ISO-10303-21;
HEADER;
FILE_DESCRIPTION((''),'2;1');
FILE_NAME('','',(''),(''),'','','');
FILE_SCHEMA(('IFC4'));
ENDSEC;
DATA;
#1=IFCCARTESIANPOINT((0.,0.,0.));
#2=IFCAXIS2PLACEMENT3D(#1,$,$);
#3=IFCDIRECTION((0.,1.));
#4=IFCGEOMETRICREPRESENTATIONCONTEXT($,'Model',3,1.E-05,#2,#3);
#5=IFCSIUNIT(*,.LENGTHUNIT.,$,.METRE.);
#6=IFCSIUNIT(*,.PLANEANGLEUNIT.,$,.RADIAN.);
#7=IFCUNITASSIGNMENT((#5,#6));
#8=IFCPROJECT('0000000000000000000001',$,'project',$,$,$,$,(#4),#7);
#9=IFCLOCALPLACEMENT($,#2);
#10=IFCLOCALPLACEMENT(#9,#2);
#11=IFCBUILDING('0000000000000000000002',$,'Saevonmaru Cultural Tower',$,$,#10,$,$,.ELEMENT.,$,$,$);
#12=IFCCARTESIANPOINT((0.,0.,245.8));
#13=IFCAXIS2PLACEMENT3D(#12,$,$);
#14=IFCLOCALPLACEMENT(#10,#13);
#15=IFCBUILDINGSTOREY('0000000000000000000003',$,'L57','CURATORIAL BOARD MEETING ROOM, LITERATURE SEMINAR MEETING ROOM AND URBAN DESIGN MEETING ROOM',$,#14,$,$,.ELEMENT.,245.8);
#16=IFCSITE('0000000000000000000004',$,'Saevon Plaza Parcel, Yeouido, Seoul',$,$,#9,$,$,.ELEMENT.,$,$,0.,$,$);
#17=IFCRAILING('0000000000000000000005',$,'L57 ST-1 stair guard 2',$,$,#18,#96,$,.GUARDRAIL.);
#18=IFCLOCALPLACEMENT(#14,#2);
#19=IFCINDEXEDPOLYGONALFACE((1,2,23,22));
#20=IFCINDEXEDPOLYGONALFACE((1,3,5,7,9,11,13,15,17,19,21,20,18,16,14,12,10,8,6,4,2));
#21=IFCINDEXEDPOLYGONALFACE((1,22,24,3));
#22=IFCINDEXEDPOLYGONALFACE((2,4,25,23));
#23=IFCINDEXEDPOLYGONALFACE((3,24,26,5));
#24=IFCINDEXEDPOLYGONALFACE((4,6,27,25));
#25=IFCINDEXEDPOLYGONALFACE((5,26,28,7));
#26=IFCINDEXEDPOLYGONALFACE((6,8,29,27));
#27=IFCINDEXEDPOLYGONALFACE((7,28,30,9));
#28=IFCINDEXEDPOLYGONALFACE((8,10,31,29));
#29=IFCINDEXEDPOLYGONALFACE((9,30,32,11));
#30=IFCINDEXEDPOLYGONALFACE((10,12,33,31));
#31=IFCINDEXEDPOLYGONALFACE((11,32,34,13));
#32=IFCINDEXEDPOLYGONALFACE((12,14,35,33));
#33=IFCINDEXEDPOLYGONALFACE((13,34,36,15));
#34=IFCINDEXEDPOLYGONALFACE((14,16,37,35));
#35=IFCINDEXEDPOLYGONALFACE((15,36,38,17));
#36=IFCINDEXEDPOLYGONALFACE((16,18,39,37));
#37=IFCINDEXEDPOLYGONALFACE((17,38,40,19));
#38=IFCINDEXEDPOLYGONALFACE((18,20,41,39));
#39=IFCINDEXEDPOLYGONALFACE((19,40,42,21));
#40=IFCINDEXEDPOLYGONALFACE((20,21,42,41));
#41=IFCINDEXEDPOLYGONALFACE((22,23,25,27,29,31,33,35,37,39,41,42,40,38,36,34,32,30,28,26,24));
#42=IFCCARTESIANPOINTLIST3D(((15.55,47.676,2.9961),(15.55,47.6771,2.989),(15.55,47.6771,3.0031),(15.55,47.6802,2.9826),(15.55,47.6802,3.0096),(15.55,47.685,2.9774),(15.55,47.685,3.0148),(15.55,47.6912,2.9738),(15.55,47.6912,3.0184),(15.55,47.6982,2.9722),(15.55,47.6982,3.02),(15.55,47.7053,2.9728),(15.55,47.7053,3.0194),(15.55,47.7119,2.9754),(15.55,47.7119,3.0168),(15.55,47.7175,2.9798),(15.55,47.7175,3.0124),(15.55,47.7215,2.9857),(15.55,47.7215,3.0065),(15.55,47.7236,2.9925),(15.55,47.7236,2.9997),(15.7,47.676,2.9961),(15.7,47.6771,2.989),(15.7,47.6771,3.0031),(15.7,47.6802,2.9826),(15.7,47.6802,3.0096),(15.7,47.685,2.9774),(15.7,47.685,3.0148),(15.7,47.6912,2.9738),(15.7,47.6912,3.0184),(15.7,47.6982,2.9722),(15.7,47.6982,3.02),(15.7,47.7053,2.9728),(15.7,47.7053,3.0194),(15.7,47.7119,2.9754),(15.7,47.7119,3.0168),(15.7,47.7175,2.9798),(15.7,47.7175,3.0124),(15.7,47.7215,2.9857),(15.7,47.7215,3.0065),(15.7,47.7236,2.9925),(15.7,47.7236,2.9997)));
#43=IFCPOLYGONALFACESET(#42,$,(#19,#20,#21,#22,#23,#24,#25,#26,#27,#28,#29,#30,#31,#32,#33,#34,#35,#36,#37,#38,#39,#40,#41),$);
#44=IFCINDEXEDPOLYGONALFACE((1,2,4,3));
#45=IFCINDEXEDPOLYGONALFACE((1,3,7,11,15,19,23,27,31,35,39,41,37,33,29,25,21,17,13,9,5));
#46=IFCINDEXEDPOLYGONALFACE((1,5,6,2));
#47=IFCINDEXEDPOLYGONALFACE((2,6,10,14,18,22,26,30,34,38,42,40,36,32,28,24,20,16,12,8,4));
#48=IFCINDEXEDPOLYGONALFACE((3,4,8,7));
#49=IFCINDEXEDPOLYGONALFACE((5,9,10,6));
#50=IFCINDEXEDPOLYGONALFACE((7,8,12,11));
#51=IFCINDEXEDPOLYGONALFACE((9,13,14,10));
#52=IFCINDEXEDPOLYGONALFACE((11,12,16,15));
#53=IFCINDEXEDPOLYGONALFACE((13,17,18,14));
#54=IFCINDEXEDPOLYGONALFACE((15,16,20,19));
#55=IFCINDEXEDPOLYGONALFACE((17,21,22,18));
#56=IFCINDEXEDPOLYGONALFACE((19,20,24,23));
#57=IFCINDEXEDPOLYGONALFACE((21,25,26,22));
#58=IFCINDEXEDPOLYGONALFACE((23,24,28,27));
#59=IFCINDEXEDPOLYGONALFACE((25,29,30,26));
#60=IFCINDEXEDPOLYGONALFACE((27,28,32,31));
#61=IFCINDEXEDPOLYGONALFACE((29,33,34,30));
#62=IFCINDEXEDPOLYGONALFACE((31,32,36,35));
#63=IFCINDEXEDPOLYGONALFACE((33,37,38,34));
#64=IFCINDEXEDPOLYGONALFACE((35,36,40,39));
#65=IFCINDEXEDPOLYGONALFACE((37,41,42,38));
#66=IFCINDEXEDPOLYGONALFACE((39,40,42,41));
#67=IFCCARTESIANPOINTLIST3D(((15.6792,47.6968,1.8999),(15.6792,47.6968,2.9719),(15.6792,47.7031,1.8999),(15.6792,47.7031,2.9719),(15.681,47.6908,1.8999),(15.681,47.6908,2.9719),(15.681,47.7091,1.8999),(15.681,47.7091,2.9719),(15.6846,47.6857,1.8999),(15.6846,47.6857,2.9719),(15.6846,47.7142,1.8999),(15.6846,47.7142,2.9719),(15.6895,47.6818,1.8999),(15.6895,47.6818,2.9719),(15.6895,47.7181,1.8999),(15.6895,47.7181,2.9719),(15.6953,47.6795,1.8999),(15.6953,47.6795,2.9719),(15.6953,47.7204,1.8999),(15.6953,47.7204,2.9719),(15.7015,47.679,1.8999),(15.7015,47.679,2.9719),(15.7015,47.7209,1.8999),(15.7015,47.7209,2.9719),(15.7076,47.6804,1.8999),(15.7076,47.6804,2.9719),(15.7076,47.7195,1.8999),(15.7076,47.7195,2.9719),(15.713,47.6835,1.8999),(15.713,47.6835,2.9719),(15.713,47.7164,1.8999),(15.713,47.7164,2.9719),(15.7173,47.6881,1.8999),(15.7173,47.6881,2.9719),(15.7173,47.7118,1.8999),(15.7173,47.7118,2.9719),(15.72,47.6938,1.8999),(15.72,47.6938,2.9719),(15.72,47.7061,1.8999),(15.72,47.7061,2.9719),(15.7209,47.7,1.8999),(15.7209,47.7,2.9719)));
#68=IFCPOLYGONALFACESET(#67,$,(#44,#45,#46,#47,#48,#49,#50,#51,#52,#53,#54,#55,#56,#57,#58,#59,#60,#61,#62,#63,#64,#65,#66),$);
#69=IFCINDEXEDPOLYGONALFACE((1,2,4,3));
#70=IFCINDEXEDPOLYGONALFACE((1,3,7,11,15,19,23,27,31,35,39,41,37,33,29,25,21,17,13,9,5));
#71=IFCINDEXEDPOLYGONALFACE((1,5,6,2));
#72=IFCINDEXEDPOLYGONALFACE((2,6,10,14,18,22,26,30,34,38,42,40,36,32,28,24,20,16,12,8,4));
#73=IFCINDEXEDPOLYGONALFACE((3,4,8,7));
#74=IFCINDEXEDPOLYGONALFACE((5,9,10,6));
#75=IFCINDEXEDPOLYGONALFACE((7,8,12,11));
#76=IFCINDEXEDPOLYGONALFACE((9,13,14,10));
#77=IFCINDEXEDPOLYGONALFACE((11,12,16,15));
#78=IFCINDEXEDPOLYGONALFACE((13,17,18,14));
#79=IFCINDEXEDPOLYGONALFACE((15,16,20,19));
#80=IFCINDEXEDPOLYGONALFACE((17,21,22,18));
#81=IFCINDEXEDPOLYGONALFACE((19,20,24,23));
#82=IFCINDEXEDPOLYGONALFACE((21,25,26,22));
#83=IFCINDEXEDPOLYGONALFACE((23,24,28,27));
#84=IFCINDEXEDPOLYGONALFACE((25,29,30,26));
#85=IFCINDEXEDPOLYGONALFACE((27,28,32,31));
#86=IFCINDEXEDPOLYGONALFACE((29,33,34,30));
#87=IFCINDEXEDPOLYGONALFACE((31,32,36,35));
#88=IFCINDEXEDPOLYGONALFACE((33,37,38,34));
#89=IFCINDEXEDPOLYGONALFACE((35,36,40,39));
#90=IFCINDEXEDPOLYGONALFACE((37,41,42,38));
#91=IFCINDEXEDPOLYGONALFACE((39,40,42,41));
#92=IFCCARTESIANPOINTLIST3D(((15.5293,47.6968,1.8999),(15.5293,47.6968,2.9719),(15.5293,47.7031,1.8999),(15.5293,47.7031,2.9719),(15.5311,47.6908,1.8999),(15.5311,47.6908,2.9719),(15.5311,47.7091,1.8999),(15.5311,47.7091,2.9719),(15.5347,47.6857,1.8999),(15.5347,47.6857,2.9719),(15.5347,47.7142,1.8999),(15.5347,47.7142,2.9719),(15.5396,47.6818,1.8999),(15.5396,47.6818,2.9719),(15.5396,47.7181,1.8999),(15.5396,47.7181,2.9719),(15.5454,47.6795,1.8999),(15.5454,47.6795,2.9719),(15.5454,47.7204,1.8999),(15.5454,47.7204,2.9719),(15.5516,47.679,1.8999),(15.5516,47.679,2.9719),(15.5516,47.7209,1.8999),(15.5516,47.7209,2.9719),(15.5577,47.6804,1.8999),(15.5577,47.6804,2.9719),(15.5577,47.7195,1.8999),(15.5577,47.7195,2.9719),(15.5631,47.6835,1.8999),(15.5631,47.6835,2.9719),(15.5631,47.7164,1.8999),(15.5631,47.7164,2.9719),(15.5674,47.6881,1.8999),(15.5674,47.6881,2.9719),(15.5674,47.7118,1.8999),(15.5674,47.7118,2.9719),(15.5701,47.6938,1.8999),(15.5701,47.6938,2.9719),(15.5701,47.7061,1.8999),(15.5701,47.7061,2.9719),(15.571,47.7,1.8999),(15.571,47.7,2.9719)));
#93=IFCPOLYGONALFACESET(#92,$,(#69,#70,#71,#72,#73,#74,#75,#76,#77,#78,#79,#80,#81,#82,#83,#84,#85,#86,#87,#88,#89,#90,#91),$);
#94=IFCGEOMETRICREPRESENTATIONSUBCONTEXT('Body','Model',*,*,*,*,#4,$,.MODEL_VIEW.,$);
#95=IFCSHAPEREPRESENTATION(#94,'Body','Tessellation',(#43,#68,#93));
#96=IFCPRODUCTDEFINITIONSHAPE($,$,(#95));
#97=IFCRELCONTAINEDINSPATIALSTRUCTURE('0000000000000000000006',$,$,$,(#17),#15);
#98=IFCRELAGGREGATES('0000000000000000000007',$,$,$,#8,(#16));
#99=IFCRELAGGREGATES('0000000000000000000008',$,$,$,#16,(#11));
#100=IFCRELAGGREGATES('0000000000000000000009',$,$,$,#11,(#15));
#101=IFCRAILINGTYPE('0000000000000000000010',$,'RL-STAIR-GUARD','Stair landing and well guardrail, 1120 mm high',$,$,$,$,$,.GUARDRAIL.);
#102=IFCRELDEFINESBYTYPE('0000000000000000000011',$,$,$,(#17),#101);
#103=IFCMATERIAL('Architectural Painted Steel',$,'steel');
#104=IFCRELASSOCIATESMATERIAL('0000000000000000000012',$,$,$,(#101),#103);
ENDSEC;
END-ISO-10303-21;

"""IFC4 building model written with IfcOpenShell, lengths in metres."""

from ifc_helpers import new_model, si_unit, direction, frame, origin, origin_2d, place, context, subcontext, project, spatial, circle, extrude, material, type_object, element, save


model = new_model("IFC4")

# Units and contexts
model_context = context("Model", 3, precision=1e-05, world=origin(), true_north=direction((0.0, 1.0)))
body_context = subcontext(model_context, "Body", "Model", "MODEL_VIEW")
ifc_project = project(units=[si_unit("LENGTHUNIT", "METRE"), si_unit("PLANEANGLEUNIT", "RADIAN")], contexts=[model_context])

# Site, building, storey
site_placement = place(None, origin())
site = spatial("IfcSite", under=ifc_project, at=site_placement, Name="Saevon Plaza Parcel, Yeouido, Seoul", CompositionType="ELEMENT", RefElevation=0.0)
building_placement = place(site_placement, origin())
building = spatial("IfcBuilding", under=site, at=building_placement, Name="Saevonmaru Cultural Tower", CompositionType="ELEMENT")
storey_placement = place(building_placement, frame((0.0, 0.0, 245.8)))
storey = spatial("IfcBuildingStorey", under=building, at=storey_placement, Name="L57", Description="CURATORIAL BOARD MEETING ROOM, LITERATURE SEMINAR MEETING ROOM AND URBAN DESIGN MEETING ROOM", CompositionType="ELEMENT", Elevation=245.8)

# Railing
ifc_material_1 = material(Name="Architectural Painted Steel", Category="steel")
railing_type_1 = type_object("IfcRailingType", Name="RL-STAIR-GUARD", Description="Stair landing and well guardrail, 1120 mm high", PredefinedType="GUARDRAIL", material=ifc_material_1)
railing_1_placement = place(storey_placement, frame((15.7, 47.7, 1.8999)))
element("IfcRailing", 1, at=railing_1_placement, inside=storey, type_object=railing_type_1, Name="L57 ST-1 stair guard 2", PredefinedType="GUARDRAIL", context=body_context, shape_type="SweptSolid", body=[
    extrude(circle(Radius=0.0239, at=origin_2d()), frame((0.0, 0.0, 1.0962), z_axis=(-1.0, 0.0, 0.0), x_axis=(0.0, -1.0, 0.0)), (0.0, 0.0, 1.0), 0.1499),
    extrude(circle(Radius=0.021, at=origin_2d()), origin(), (0.0, 0.0, 1.0), 1.072),
    extrude(circle(Radius=0.021, at=origin_2d()), frame((-0.1499, 0.0, 0.0)), (0.0, 0.0, 1.0), 1.072),
])

save(model, "model.ifc")
